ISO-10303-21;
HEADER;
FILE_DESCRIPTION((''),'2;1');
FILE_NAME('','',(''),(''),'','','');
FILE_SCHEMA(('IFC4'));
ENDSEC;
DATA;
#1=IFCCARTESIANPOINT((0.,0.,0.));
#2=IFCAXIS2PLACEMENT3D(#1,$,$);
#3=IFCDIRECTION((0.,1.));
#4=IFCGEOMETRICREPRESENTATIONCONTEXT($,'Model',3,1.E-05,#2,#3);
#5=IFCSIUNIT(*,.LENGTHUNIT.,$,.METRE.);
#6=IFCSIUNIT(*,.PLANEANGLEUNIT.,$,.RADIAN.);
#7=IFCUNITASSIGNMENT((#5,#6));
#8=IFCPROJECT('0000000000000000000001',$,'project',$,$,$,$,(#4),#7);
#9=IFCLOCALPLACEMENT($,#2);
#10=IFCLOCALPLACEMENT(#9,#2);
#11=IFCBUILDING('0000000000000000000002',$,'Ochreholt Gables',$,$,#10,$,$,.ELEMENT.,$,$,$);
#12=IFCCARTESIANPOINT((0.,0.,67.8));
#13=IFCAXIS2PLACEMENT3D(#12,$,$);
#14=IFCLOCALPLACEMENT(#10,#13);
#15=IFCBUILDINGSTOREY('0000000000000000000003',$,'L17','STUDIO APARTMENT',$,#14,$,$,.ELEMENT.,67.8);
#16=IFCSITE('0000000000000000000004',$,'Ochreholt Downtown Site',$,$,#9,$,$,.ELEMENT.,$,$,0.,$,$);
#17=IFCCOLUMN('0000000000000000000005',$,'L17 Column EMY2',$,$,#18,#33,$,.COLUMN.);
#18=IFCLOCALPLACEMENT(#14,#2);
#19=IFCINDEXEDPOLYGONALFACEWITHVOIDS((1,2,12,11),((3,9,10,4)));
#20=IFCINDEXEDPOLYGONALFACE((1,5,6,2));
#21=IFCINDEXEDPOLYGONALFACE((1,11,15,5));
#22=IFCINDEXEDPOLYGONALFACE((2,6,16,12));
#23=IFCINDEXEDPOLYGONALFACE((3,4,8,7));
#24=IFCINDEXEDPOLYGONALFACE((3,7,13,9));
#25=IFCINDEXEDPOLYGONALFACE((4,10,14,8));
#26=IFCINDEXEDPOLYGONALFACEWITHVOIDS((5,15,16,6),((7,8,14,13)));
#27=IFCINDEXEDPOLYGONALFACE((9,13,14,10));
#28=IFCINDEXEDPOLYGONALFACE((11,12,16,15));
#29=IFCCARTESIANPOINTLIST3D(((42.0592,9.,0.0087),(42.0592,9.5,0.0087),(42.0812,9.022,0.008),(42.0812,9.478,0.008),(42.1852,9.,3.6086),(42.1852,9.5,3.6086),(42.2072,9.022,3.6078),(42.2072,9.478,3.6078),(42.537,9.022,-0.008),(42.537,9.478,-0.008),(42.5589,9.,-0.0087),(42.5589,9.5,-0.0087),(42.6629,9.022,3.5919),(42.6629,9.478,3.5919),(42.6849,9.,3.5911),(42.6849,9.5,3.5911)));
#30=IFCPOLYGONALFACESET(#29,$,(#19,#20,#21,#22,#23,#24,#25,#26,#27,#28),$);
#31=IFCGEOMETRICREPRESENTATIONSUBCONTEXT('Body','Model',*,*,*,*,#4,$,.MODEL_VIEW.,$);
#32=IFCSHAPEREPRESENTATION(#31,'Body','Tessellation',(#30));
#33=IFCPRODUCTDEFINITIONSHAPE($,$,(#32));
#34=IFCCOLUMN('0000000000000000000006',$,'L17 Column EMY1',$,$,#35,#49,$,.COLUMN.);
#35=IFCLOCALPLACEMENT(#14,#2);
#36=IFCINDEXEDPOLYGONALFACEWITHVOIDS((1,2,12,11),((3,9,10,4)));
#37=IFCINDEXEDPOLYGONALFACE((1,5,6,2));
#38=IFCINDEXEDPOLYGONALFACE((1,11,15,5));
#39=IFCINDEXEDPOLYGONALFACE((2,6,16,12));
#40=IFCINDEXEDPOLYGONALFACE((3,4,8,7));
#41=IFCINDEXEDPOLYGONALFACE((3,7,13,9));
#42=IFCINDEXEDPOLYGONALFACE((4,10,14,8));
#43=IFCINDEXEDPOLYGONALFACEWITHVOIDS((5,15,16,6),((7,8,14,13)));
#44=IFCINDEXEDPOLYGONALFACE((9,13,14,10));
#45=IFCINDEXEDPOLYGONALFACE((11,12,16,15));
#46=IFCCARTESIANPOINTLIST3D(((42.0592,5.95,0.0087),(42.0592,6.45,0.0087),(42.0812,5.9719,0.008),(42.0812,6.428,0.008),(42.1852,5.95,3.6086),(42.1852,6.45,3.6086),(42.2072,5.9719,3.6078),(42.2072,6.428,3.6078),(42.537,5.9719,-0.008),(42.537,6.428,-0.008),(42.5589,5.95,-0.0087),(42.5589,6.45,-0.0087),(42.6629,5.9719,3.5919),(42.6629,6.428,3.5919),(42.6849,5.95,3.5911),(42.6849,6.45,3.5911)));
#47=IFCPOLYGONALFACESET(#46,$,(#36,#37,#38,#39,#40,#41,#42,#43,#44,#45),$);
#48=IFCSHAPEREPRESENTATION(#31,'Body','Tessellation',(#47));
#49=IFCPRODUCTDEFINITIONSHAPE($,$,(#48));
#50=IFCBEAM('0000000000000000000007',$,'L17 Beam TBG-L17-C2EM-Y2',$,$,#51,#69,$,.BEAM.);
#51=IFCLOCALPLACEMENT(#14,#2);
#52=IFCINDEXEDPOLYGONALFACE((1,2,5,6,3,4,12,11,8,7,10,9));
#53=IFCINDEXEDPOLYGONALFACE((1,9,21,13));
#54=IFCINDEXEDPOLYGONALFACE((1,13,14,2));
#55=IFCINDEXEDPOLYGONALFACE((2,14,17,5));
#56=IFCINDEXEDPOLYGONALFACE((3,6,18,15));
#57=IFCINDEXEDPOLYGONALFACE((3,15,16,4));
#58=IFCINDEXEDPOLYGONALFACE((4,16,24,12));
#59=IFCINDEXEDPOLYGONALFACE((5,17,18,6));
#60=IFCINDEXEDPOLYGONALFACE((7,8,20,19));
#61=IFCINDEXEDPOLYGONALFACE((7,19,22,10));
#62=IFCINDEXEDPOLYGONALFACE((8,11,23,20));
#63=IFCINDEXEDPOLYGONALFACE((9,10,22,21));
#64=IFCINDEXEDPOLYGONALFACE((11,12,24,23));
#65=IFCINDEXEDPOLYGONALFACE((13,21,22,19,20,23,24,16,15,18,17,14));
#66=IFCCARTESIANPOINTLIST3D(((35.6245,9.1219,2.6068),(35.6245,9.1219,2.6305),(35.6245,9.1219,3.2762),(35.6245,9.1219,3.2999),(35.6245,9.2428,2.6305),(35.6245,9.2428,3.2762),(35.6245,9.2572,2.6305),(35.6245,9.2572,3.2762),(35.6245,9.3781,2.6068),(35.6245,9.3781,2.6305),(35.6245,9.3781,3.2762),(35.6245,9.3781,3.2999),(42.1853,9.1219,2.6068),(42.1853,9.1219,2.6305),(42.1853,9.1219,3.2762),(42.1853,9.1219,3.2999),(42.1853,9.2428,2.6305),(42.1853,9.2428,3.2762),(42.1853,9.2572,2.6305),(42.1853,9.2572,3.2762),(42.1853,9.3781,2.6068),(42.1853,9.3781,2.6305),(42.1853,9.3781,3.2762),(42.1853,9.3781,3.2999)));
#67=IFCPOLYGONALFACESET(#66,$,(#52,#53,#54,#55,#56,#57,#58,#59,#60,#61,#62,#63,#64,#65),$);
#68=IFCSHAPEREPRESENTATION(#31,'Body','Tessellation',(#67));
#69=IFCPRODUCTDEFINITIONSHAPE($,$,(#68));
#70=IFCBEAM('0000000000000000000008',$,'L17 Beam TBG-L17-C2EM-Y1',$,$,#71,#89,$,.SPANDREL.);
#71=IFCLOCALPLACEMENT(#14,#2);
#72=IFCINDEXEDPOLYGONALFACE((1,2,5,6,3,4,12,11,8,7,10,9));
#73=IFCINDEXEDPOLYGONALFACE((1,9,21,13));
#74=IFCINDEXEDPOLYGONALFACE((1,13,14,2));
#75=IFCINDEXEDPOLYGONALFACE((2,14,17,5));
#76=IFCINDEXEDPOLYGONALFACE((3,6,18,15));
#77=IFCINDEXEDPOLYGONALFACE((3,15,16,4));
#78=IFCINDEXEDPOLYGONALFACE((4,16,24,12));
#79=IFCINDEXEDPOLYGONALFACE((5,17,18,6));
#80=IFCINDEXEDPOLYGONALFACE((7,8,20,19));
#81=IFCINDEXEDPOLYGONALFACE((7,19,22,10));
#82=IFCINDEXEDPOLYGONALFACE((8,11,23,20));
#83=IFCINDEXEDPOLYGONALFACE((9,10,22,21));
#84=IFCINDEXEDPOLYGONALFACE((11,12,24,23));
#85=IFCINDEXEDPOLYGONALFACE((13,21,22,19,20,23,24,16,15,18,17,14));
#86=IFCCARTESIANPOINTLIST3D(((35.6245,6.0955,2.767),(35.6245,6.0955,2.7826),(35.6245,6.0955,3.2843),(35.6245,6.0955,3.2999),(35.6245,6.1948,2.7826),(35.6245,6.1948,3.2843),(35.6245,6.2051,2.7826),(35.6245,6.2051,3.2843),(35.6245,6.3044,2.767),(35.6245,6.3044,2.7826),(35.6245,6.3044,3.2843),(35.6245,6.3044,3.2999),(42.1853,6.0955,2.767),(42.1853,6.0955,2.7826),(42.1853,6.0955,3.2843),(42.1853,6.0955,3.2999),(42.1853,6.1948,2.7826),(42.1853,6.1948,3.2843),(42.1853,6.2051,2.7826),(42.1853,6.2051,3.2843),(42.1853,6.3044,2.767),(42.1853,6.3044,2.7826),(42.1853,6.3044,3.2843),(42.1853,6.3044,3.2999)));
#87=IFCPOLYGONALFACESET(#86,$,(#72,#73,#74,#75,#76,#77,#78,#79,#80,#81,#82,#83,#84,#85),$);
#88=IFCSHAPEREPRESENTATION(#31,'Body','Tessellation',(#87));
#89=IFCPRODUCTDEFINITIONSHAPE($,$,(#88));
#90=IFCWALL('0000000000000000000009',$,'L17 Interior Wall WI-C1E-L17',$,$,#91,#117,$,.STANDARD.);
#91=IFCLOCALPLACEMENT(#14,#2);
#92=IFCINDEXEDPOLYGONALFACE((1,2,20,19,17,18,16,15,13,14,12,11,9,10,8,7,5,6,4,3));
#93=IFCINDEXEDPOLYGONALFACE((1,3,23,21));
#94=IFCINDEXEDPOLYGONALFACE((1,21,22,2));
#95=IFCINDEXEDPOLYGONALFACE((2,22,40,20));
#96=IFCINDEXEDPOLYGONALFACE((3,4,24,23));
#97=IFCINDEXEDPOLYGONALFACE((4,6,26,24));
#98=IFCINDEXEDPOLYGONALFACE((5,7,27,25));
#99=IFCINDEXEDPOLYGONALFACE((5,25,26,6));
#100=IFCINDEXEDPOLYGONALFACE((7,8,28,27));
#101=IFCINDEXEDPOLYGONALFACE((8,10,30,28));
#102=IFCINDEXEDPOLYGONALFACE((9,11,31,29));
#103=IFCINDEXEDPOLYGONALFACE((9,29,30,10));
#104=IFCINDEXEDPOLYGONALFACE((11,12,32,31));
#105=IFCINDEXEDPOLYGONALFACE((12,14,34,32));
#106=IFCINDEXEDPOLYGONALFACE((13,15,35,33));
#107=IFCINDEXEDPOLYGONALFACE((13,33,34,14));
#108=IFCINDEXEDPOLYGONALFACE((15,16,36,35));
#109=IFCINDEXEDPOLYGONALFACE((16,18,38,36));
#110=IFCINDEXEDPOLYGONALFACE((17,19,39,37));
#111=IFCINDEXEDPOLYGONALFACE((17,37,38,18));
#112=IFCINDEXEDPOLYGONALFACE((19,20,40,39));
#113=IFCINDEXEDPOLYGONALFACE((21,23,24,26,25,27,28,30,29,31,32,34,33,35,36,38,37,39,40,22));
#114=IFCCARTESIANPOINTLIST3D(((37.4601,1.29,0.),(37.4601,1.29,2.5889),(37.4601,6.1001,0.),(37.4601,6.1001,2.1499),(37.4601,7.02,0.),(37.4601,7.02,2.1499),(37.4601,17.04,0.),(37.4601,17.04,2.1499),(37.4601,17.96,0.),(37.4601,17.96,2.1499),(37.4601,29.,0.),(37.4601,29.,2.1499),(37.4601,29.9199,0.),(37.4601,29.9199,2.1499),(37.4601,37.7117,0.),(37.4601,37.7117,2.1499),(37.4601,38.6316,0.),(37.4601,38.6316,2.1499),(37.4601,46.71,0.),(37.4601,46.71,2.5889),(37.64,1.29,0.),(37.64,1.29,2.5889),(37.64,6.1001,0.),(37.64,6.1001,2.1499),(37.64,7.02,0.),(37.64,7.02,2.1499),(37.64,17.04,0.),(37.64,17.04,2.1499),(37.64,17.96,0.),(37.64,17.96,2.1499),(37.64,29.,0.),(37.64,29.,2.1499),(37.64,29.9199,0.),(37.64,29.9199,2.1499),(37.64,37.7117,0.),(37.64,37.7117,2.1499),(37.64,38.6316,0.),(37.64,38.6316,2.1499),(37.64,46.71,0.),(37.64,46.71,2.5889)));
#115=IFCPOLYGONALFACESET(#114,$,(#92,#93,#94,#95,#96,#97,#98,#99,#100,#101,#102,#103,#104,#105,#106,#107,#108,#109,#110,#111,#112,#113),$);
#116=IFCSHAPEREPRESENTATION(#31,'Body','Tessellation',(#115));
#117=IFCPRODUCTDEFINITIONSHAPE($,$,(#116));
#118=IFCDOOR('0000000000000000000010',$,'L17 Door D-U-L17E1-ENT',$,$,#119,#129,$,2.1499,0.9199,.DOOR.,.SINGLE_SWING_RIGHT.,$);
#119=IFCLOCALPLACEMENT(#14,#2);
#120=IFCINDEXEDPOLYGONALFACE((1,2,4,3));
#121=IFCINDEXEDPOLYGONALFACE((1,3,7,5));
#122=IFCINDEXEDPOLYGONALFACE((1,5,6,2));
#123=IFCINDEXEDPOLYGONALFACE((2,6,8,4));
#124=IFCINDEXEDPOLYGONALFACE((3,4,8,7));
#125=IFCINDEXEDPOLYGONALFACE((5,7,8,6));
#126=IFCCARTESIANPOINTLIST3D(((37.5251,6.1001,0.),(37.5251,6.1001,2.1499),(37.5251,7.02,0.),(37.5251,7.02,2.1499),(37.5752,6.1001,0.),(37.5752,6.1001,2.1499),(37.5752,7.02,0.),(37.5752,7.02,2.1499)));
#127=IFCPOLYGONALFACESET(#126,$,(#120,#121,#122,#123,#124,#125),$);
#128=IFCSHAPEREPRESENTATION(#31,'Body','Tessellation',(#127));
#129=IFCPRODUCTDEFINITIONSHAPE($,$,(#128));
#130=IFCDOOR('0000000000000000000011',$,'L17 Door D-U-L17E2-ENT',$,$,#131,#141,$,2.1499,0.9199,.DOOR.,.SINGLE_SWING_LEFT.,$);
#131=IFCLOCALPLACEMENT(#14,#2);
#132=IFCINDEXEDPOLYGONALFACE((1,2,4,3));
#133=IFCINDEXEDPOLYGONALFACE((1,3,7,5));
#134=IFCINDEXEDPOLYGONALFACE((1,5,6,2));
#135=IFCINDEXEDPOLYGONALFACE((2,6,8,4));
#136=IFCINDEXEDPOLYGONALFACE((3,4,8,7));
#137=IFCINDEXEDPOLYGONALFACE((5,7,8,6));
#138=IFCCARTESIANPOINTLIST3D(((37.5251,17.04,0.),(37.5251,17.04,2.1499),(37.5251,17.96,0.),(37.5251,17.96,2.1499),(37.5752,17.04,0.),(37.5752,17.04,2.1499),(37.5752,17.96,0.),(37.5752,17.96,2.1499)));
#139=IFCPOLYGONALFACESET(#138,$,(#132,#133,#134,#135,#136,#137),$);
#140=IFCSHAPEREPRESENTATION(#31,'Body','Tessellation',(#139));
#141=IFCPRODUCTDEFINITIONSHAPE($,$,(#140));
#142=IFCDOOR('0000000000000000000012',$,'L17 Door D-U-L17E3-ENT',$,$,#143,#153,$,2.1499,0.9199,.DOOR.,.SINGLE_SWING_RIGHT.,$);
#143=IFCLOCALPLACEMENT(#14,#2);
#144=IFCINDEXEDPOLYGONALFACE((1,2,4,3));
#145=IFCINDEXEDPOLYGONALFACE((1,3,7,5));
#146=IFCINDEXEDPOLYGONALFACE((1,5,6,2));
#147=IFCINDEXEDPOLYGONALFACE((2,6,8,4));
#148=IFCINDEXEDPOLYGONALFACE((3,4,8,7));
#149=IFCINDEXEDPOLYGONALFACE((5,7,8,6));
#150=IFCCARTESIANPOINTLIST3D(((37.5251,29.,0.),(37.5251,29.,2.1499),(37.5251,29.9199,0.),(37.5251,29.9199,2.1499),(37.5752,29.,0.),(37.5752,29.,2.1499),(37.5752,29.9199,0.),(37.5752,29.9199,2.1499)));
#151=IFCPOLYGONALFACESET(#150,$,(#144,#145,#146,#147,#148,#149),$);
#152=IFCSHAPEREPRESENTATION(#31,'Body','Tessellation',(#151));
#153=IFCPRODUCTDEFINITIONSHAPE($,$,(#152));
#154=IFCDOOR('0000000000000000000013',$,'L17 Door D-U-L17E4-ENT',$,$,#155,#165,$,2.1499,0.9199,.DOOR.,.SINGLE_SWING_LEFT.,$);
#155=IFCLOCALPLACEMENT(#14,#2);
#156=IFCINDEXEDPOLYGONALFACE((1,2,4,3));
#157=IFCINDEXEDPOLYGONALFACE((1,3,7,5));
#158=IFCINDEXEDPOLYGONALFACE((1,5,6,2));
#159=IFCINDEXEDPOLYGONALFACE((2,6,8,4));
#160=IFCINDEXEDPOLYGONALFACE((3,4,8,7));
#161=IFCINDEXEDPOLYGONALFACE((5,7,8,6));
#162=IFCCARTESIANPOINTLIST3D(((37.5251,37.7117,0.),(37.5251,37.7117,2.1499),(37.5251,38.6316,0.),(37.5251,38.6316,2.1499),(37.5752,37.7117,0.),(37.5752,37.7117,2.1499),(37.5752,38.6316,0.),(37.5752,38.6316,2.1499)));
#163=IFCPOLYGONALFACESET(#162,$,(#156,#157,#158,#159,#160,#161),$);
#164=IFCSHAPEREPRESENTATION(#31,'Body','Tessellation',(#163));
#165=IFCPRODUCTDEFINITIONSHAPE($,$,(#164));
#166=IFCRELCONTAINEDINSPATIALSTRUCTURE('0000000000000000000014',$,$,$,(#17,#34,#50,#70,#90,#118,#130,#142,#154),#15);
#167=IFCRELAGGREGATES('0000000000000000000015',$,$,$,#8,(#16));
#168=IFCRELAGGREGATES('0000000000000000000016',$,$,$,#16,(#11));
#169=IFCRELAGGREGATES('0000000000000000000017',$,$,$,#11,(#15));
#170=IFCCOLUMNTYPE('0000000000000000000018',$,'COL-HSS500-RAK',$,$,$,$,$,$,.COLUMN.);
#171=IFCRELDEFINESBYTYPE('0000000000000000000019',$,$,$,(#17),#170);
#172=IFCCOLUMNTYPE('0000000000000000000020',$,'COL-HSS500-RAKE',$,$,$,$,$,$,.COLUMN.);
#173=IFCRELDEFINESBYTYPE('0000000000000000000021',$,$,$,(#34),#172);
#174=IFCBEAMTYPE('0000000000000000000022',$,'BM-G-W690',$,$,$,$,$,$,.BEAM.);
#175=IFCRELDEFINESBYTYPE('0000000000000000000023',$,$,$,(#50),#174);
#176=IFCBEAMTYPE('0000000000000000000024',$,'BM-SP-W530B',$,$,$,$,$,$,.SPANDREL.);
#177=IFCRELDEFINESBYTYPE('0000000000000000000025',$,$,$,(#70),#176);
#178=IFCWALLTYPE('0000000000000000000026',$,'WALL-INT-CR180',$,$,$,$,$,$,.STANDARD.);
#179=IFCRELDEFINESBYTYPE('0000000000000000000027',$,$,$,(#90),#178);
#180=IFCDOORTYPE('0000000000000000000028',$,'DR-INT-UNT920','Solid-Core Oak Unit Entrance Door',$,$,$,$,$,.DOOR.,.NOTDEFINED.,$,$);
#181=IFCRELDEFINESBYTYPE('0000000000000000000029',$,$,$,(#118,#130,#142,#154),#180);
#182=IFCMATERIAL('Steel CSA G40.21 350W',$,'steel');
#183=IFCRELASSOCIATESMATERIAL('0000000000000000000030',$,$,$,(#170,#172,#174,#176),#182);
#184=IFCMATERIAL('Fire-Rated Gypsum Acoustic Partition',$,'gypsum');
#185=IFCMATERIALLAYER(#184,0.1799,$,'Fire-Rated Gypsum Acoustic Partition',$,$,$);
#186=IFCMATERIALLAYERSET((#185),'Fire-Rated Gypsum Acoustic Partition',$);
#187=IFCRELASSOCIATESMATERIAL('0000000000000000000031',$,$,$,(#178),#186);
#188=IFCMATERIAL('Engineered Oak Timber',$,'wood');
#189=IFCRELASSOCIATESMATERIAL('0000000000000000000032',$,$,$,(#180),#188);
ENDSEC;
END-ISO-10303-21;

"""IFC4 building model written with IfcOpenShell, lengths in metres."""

from ifc_helpers import new_model, si_unit, direction, frame, frame_2d, origin, origin_2d, place, context, subcontext, project, spatial, rectangle, hollow_rectangle, i_section, extrude, material, layer, layer_set, material_profile, profile_set, type_object, element, fill, save


model = new_model("IFC4")

# Units and contexts
model_context = context("Model", 3, precision=1e-05, world=origin(), true_north=direction((0.0, 1.0)))
body_context = subcontext(model_context, "Body", "Model", "MODEL_VIEW")
ifc_project = project(units=[si_unit("LENGTHUNIT", "METRE"), si_unit("PLANEANGLEUNIT", "RADIAN")], contexts=[model_context])

# Site, building, storey
site_placement = place(None, origin())
site = spatial("IfcSite", under=ifc_project, at=site_placement, Name="Ochreholt Downtown Site", CompositionType="ELEMENT", RefElevation=0.0)
building_placement = place(site_placement, origin())
building = spatial("IfcBuilding", under=site, at=building_placement, Name="Ochreholt Gables", CompositionType="ELEMENT")
storey_placement = place(building_placement, frame((0.0, 0.0, 67.8)))
storey = spatial("IfcBuildingStorey", under=building, at=storey_placement, Name="L17", Description="STUDIO APARTMENT", CompositionType="ELEMENT", Elevation=67.8)

# Columns
ifc_material_1 = material(Name="Steel CSA G40.21 350W", Category="steel")
ifc_material_profile_1 = material_profile(ifc_material_1, hollow_rectangle(XDim=0.5, YDim=0.5, WallThickness=0.022, at=origin_2d()), Name="HSS500X500X22")
ifc_profile_set_1 = profile_set([ifc_material_profile_1], Name="Steel CSA G40.21 350W")
column_type_1 = type_object("IfcColumnType", Name="COL-HSS500-RAK", PredefinedType="COLUMN", material=ifc_profile_set_1)
column_1_placement = place(storey_placement, frame((42.3091, 9.25, 0.0), z_axis=(0.034974, 0.0, 0.999388), x_axis=(0.0, 1.0, 0.0)))
element("IfcColumn", 1, at=column_1_placement, inside=storey, type_object=column_type_1, Name="L17 Column EMY2", PredefinedType="COLUMN", context=body_context, shape_type="SweptSolid", body=[
    extrude(hollow_rectangle(XDim=0.5, YDim=0.5, WallThickness=0.022, at=origin_2d()), origin(), (0.0, 0.0, 1.0), 3.6021),
])
ifc_material_profile_2 = material_profile(ifc_material_1, hollow_rectangle(XDim=0.5, YDim=0.5, WallThickness=0.022, at=origin_2d()), Name="HSS500X500X22")
ifc_profile_set_2 = profile_set([ifc_material_profile_2], Name="Steel CSA G40.21 350W")
column_type_2 = type_object("IfcColumnType", Name="COL-HSS500-RAKE", PredefinedType="COLUMN", material=ifc_profile_set_2)
column_2_placement = place(storey_placement, frame((42.3091, 6.2, 0.0), z_axis=(0.034974, 0.0, 0.999388), x_axis=(0.0, 1.0, 0.0)))
element("IfcColumn", 2, at=column_2_placement, inside=storey, type_object=column_type_2, Name="L17 Column EMY1", PredefinedType="COLUMN", context=body_context, shape_type="SweptSolid", body=[
    extrude(hollow_rectangle(XDim=0.5, YDim=0.5, WallThickness=0.022, at=origin_2d()), origin(), (0.0, 0.0, 1.0), 3.6021),
])

# Beams
ifc_material_profile_3 = material_profile(ifc_material_1, i_section(OverallWidth=0.2561, OverallDepth=0.6931, WebThickness=0.0144, FlangeThickness=0.0237, at=origin_2d()), Name="W690X170")
ifc_profile_set_3 = profile_set([ifc_material_profile_3], Name="Steel CSA G40.21 350W")
beam_type_1 = type_object("IfcBeamType", Name="BM-G-W690", PredefinedType="BEAM", material=ifc_profile_set_3)
beam_1_placement = place(storey_placement, frame((35.6245, 9.25, 2.9534), z_axis=(1.0, 0.0, 0.0), x_axis=(0.0, 1.0, 0.0)))
element("IfcBeam", 3, at=beam_1_placement, inside=storey, type_object=beam_type_1, Name="L17 Beam TBG-L17-C2EM-Y2", PredefinedType="BEAM", context=body_context, shape_type="SweptSolid", body=[
    extrude(i_section(OverallWidth=0.2561, OverallDepth=0.6931, WebThickness=0.0144, FlangeThickness=0.0237, at=origin_2d()), origin(), (0.0, 0.0, 1.0), 6.5608),
])
ifc_material_profile_4 = material_profile(ifc_material_1, i_section(OverallWidth=0.209, OverallDepth=0.533, WebThickness=0.0103, FlangeThickness=0.0156, at=origin_2d()), Name="W530X92")
ifc_profile_set_4 = profile_set([ifc_material_profile_4], Name="Steel CSA G40.21 350W")
beam_type_2 = type_object("IfcBeamType", Name="BM-SP-W530B", PredefinedType="SPANDREL", material=ifc_profile_set_4)
beam_2_placement = place(storey_placement, frame((35.6245, 6.2, 3.0334), z_axis=(1.0, 0.0, 0.0), x_axis=(0.0, 1.0, 0.0)))
element("IfcBeam", 4, at=beam_2_placement, inside=storey, type_object=beam_type_2, Name="L17 Beam TBG-L17-C2EM-Y1", PredefinedType="SPANDREL", context=body_context, shape_type="SweptSolid", body=[
    extrude(i_section(OverallWidth=0.209, OverallDepth=0.533, WebThickness=0.0103, FlangeThickness=0.0156, at=origin_2d()), origin(), (0.0, 0.0, 1.0), 6.5608),
])

# Wall, openings, doors
ifc_material_2 = material(Name="Fire-Rated Gypsum Acoustic Partition", Category="gypsum")
ifc_layer_1 = layer(ifc_material_2, 0.1799, Name="Fire-Rated Gypsum Acoustic Partition")
ifc_layer_set_1 = layer_set([ifc_layer_1], Name="Fire-Rated Gypsum Acoustic Partition")
wall_type_1 = type_object("IfcWallType", Name="WALL-INT-CR180", PredefinedType="STANDARD", material=ifc_layer_set_1)
wall_1_placement = place(storey_placement, frame((37.55, 1.29, 0.0), z_axis=(0.0, 0.0, 1.0), x_axis=(0.0, 1.0, 0.0)))
wall_1 = element("IfcWall", 5, at=wall_1_placement, inside=storey, type_object=wall_type_1, Name="L17 Interior Wall WI-C1E-L17", PredefinedType="STANDARD", context=body_context, shape_type="SweptSolid", body=[
    extrude(rectangle(XDim=45.4199, YDim=0.1799, at=frame_2d((22.71, 0.0))), origin(), (0.0, 0.0, 1.0), 2.5889),
])
opening_1_placement = place(wall_1_placement, frame((4.8101, 0.0, 0.0)))
opening_1 = element("IfcOpeningElement", 6, at=opening_1_placement, cuts=wall_1, PredefinedType="OPENING", context=body_context, shape_type="SweptSolid", body=[
    extrude(rectangle(XDim=0.9199, YDim=2.1499, at=frame_2d((0.46, 1.075))), frame((0.0, 0.0999, 0.0), z_axis=(0.0, -1.0, 0.0), x_axis=(1.0, 0.0, 0.0)), (0.0, 0.0, 1.0), 0.2),
])
opening_2_placement = place(wall_1_placement, frame((15.75, 0.0, 0.0)))
opening_2 = element("IfcOpeningElement", 7, at=opening_2_placement, cuts=wall_1, PredefinedType="OPENING", context=body_context, shape_type="SweptSolid", body=[
    extrude(rectangle(XDim=0.9199, YDim=2.1499, at=frame_2d((0.46, 1.075))), frame((0.0, 0.0999, 0.0), z_axis=(0.0, -1.0, 0.0), x_axis=(1.0, 0.0, 0.0)), (0.0, 0.0, 1.0), 0.2),
])
opening_3_placement = place(wall_1_placement, frame((27.71, 0.0, 0.0)))
opening_3 = element("IfcOpeningElement", 8, at=opening_3_placement, cuts=wall_1, PredefinedType="OPENING", context=body_context, shape_type="SweptSolid", body=[
    extrude(rectangle(XDim=0.9199, YDim=2.1499, at=frame_2d((0.46, 1.075))), frame((0.0, 0.0999, 0.0), z_axis=(0.0, -1.0, 0.0), x_axis=(1.0, 0.0, 0.0)), (0.0, 0.0, 1.0), 0.2),
])
opening_4_placement = place(wall_1_placement, frame((36.4216, 0.0, 0.0)))
opening_4 = element("IfcOpeningElement", 9, at=opening_4_placement, cuts=wall_1, PredefinedType="OPENING", context=body_context, shape_type="SweptSolid", body=[
    extrude(rectangle(XDim=0.9199, YDim=2.1499, at=frame_2d((0.46, 1.075))), frame((0.0, 0.0999, 0.0), z_axis=(0.0, -1.0, 0.0), x_axis=(1.0, 0.0, 0.0)), (0.0, 0.0, 1.0), 0.2),
])
ifc_material_3 = material(Name="Engineered Oak Timber", Category="wood")
door_type_1 = type_object("IfcDoorType", Name="DR-INT-UNT920", Description="Solid-Core Oak Unit Entrance Door", OperationType="NOTDEFINED", PredefinedType="DOOR", material=ifc_material_3)
door_1_placement = place(opening_1_placement, origin())
door_1 = element("IfcDoor", 10, at=door_1_placement, inside=storey, type_object=door_type_1, Name="L17 Door D-U-L17E1-ENT", OperationType="SINGLE_SWING_RIGHT", OverallHeight=2.1499, OverallWidth=0.9199, PredefinedType="DOOR", context=body_context, shape_type="SweptSolid", body=[
    extrude(rectangle(XDim=0.9199, YDim=2.1499, at=frame_2d((0.46, 1.075))), frame((0.0, 0.0249, 0.0), z_axis=(0.0, -1.0, 0.0), x_axis=(1.0, 0.0, 0.0)), (0.0, 0.0, 1.0), 0.05),
])
fill(opening_1, door_1)
door_2_placement = place(opening_2_placement, origin())
door_2 = element("IfcDoor", 11, at=door_2_placement, inside=storey, type_object=door_type_1, Name="L17 Door D-U-L17E2-ENT", OperationType="SINGLE_SWING_LEFT", OverallHeight=2.1499, OverallWidth=0.9199, PredefinedType="DOOR", context=body_context, shape_type="SweptSolid", body=[
    extrude(rectangle(XDim=0.9199, YDim=2.1499, at=frame_2d((0.46, 1.075))), frame((0.0, 0.0249, 0.0), z_axis=(0.0, -1.0, 0.0), x_axis=(1.0, 0.0, 0.0)), (0.0, 0.0, 1.0), 0.05),
])
fill(opening_2, door_2)
door_3_placement = place(opening_3_placement, origin())
door_3 = element("IfcDoor", 12, at=door_3_placement, inside=storey, type_object=door_type_1, Name="L17 Door D-U-L17E3-ENT", OperationType="SINGLE_SWING_RIGHT", OverallHeight=2.1499, OverallWidth=0.9199, PredefinedType="DOOR", context=body_context, shape_type="SweptSolid", body=[
    extrude(rectangle(XDim=0.9199, YDim=2.1499, at=frame_2d((0.46, 1.075))), frame((0.0, 0.0249, 0.0), z_axis=(0.0, -1.0, 0.0), x_axis=(1.0, 0.0, 0.0)), (0.0, 0.0, 1.0), 0.05),
])
fill(opening_3, door_3)
door_4_placement = place(opening_4_placement, origin())
door_4 = element("IfcDoor", 13, at=door_4_placement, inside=storey, type_object=door_type_1, Name="L17 Door D-U-L17E4-ENT", OperationType="SINGLE_SWING_LEFT", OverallHeight=2.1499, OverallWidth=0.9199, PredefinedType="DOOR", context=body_context, shape_type="SweptSolid", body=[
    extrude(rectangle(XDim=0.9199, YDim=2.1499, at=frame_2d((0.46, 1.075))), frame((0.0, 0.0249, 0.0), z_axis=(0.0, -1.0, 0.0), x_axis=(1.0, 0.0, 0.0)), (0.0, 0.0, 1.0), 0.05),
])
fill(opening_4, door_4)

save(model, "model.ifc")
